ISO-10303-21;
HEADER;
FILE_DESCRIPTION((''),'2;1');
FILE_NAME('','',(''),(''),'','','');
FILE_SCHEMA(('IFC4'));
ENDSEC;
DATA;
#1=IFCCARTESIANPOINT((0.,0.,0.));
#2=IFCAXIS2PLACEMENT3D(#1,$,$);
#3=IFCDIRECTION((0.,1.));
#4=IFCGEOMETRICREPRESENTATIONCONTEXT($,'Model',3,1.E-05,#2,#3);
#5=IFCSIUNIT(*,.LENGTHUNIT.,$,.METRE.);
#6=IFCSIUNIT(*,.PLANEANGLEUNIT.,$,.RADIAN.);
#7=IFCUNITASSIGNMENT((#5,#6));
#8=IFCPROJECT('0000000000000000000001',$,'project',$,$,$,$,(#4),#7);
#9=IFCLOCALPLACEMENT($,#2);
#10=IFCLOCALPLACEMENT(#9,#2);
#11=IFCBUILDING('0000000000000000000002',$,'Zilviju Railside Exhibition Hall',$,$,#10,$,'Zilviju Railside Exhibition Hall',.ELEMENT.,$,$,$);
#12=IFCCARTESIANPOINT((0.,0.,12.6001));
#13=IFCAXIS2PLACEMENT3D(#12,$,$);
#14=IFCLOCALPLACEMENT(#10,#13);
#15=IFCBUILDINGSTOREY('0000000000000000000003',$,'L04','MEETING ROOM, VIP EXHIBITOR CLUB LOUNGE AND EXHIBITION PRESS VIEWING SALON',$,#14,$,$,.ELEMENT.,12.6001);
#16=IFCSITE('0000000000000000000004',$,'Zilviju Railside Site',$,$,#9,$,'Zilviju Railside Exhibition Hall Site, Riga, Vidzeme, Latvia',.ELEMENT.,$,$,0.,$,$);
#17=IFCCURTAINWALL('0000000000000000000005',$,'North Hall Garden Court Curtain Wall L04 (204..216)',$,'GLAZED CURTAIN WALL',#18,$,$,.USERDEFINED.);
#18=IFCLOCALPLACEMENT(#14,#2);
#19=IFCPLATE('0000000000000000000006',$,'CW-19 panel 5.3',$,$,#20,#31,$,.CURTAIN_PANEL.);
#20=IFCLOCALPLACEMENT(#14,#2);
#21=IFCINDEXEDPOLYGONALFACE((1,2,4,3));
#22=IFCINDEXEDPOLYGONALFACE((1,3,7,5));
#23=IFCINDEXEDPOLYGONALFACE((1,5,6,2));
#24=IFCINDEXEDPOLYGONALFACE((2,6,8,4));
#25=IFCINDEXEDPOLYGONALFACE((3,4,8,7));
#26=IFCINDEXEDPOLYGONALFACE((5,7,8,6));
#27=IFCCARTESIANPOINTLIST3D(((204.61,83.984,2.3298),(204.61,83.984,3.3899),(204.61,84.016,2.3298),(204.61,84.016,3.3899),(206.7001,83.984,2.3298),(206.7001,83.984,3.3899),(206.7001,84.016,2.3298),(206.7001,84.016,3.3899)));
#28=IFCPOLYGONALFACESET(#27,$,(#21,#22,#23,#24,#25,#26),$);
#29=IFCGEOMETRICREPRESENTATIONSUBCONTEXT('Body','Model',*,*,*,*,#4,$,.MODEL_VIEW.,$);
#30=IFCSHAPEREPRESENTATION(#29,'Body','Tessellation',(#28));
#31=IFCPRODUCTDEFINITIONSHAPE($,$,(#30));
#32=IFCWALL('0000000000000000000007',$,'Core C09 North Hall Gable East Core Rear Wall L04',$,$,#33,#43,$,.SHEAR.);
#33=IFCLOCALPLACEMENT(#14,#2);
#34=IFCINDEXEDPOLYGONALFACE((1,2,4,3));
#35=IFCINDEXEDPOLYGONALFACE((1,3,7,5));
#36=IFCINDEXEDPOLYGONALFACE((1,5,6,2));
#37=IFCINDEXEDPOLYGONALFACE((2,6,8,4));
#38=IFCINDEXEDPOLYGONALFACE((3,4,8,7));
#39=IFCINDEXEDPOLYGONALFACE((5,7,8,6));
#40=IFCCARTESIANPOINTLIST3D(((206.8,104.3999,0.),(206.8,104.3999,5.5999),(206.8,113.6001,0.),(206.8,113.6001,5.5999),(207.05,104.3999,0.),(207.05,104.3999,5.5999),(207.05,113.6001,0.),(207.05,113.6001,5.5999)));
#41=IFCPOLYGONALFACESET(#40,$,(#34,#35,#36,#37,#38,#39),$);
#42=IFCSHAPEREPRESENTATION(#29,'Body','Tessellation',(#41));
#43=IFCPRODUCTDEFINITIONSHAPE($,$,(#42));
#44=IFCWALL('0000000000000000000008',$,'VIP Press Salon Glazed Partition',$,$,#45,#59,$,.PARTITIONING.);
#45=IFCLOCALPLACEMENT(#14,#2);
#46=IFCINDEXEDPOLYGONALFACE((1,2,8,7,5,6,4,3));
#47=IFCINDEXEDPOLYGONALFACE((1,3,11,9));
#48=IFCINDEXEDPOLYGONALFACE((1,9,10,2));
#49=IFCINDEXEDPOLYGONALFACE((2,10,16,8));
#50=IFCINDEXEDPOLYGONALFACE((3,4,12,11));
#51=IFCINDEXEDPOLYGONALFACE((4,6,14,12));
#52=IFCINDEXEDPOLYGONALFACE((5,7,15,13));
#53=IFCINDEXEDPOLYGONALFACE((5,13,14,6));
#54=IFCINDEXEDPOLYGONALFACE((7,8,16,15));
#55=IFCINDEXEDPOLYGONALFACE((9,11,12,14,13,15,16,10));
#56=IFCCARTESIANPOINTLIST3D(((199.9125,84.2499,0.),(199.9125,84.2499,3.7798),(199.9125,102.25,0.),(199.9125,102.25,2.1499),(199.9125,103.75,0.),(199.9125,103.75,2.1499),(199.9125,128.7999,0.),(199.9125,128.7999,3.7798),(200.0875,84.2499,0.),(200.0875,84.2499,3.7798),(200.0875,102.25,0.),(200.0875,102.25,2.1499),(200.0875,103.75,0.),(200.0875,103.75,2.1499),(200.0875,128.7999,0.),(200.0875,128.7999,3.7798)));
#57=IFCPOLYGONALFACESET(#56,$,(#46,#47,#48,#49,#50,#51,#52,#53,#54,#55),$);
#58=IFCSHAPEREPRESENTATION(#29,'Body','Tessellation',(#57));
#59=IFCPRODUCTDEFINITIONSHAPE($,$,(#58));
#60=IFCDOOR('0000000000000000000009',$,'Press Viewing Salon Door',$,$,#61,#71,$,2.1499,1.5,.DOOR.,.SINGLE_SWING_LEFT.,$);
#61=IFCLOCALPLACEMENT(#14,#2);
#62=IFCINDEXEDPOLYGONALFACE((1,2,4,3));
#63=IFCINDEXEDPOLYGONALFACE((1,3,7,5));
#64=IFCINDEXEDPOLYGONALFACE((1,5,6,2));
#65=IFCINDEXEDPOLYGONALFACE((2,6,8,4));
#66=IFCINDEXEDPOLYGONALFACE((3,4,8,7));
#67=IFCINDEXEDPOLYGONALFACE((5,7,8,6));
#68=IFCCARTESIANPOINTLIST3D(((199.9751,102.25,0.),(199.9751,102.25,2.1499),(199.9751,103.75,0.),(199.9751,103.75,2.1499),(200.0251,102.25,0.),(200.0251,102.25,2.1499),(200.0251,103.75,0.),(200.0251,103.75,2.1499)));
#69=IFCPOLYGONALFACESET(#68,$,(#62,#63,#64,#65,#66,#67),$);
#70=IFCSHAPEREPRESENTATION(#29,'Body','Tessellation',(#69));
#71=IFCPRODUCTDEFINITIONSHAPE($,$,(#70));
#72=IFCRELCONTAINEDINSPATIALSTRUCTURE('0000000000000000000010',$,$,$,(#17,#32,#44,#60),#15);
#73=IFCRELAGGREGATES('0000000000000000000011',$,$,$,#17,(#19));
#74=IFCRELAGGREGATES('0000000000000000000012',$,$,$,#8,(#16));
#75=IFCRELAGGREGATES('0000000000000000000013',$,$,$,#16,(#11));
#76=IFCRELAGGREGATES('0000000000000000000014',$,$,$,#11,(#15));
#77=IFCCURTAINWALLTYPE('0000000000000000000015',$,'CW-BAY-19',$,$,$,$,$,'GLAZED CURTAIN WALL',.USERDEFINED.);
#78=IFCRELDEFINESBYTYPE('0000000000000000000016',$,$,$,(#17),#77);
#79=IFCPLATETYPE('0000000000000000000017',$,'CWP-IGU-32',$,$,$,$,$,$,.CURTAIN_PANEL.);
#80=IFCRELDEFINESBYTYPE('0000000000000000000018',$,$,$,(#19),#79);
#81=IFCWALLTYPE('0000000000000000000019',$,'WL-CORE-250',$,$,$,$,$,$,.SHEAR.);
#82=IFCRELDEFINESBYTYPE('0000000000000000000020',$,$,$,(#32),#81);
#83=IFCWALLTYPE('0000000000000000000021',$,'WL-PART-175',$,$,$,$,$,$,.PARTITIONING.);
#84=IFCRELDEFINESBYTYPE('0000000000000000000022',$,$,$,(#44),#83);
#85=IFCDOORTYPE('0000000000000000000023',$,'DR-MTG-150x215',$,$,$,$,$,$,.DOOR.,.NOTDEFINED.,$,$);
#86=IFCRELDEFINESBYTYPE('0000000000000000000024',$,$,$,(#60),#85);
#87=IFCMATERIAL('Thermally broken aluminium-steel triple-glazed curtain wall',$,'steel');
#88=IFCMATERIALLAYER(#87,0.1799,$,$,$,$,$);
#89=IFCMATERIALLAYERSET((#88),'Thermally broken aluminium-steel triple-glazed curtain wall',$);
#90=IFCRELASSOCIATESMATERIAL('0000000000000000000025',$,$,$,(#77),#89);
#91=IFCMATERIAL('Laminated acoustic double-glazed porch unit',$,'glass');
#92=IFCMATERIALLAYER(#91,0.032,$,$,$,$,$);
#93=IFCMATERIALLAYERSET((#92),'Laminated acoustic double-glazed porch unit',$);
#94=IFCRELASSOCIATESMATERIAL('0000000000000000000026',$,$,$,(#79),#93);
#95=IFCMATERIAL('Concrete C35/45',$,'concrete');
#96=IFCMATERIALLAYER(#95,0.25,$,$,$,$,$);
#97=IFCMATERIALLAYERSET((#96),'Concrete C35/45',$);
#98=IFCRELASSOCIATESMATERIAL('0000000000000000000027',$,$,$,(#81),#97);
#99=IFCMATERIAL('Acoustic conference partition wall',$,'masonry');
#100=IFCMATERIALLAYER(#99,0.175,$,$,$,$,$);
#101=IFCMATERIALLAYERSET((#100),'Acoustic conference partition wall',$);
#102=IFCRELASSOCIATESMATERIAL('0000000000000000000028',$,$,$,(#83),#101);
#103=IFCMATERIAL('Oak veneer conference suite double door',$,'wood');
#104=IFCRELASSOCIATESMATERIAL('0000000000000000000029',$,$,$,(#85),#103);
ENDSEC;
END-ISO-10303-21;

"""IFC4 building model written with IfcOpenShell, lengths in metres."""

from ifc_helpers import new_model, si_unit, direction, frame, frame_2d, origin, origin_2d, place, context, subcontext, project, spatial, rectangle, extrude, material, layer, layer_set, type_object, element, fill, aggregate, save


model = new_model("IFC4")

# Units and contexts
model_context = context("Model", 3, precision=1e-05, world=origin(), true_north=direction((0.0, 1.0)))
body_context = subcontext(model_context, "Body", "Model", "MODEL_VIEW")
ifc_project = project(units=[si_unit("LENGTHUNIT", "METRE"), si_unit("PLANEANGLEUNIT", "RADIAN")], contexts=[model_context])

# Site, building, storey
site_placement = place(None, origin())
site = spatial("IfcSite", under=ifc_project, at=site_placement, Name="Zilviju Railside Site", LongName="Zilviju Railside Exhibition Hall Site, Riga, Vidzeme, Latvia", CompositionType="ELEMENT", RefElevation=0.0)
building_placement = place(site_placement, origin())
building = spatial("IfcBuilding", under=site, at=building_placement, Name="Zilviju Railside Exhibition Hall", LongName="Zilviju Railside Exhibition Hall", CompositionType="ELEMENT")
storey_placement = place(building_placement, frame((0.0, 0.0, 12.6001)))
storey = spatial("IfcBuildingStorey", under=building, at=storey_placement, Name="L04", Description="MEETING ROOM, VIP EXHIBITOR CLUB LOUNGE AND EXHIBITION PRESS VIEWING SALON", CompositionType="ELEMENT", Elevation=12.6001)

# Curtain wall, plate
ifc_material_1 = material(Name="Thermally broken aluminium-steel triple-glazed curtain wall", Category="steel")
ifc_layer_1 = layer(ifc_material_1, 0.1799)
ifc_layer_set_1 = layer_set([ifc_layer_1], Name="Thermally broken aluminium-steel triple-glazed curtain wall")
curtain_wall_type = type_object("IfcCurtainWallType", Name="CW-BAY-19", ElementType="GLAZED CURTAIN WALL", PredefinedType="USERDEFINED", material=ifc_layer_set_1)
curtain_wall_placement = place(storey_placement, origin())
curtain_wall = element("IfcCurtainWall", 1, at=curtain_wall_placement, inside=storey, type_object=curtain_wall_type, Name="North Hall Garden Court Curtain Wall L04 (204..216)", ObjectType="GLAZED CURTAIN WALL", PredefinedType="USERDEFINED")
ifc_material_2 = material(Name="Laminated acoustic double-glazed porch unit", Category="glass")
ifc_layer_2 = layer(ifc_material_2, 0.032)
ifc_layer_set_2 = layer_set([ifc_layer_2], Name="Laminated acoustic double-glazed porch unit")
plate_type = type_object("IfcPlateType", Name="CWP-IGU-32", PredefinedType="CURTAIN_PANEL", material=ifc_layer_set_2)
plate_1_placement = place(storey_placement, frame((205.655, 84.0, 2.3298), z_axis=(0.0, 0.0, 1.0), x_axis=(-1.0, 0.0, 0.0)))
plate_1 = element("IfcPlate", 2, at=plate_1_placement, type_object=plate_type, Name="CW-19 panel 5.3", PredefinedType="CURTAIN_PANEL", context=body_context, shape_type="SweptSolid", body=[
    extrude(rectangle(XDim=2.0901, YDim=0.032, at=origin_2d()), origin(), (0.0, 0.0, 1.0), 1.0601),
])
aggregate(curtain_wall, [plate_1])

# Wall
ifc_material_3 = material(Name="Concrete C35/45", Category="concrete")
ifc_layer_3 = layer(ifc_material_3, 0.25)
ifc_layer_set_3 = layer_set([ifc_layer_3], Name="Concrete C35/45")
wall_type_1 = type_object("IfcWallType", Name="WL-CORE-250", PredefinedType="SHEAR", material=ifc_layer_set_3)
wall_1_placement = place(storey_placement, frame((206.925, 104.3999, 0.0), z_axis=(0.0, 0.0, 1.0), x_axis=(0.0, 1.0, 0.0)))
element("IfcWall", 3, at=wall_1_placement, inside=storey, type_object=wall_type_1, Name="Core C09 North Hall Gable East Core Rear Wall L04", PredefinedType="SHEAR", context=body_context, shape_type="SweptSolid", body=[
    extrude(rectangle(XDim=9.2002, YDim=0.25, at=frame_2d((4.6001, 0.0))), origin(), (0.0, 0.0, 1.0), 5.5999),
])

# Wall, opening, door
ifc_material_4 = material(Name="Acoustic conference partition wall", Category="masonry")
ifc_layer_4 = layer(ifc_material_4, 0.175)
ifc_layer_set_4 = layer_set([ifc_layer_4], Name="Acoustic conference partition wall")
wall_type_2 = type_object("IfcWallType", Name="WL-PART-175", PredefinedType="PARTITIONING", material=ifc_layer_set_4)
wall_2_placement = place(storey_placement, frame((200.0, 84.25, 0.0), z_axis=(0.0, 0.0, 1.0), x_axis=(0.0, 1.0, 0.0)))
wall_2 = element("IfcWall", 4, at=wall_2_placement, inside=storey, type_object=wall_type_2, Name="VIP Press Salon Glazed Partition", PredefinedType="PARTITIONING", context=body_context, shape_type="SweptSolid", body=[
    extrude(rectangle(XDim=44.55, YDim=0.175, at=frame_2d((22.2749, 0.0))), origin(), (0.0, 0.0, 1.0), 3.7798),
])
opening_placement = place(wall_2_placement, frame((18.0, 0.0, 0.0)))
opening = element("IfcOpeningElement", 5, at=opening_placement, cuts=wall_2, PredefinedType="OPENING", context=body_context, shape_type="SweptSolid", body=[
    extrude(rectangle(XDim=1.5, YDim=2.1499, at=frame_2d((0.75, 1.075))), frame((0.0, 0.0974, 0.0), z_axis=(0.0, -1.0, 0.0), x_axis=(1.0, 0.0, 0.0)), (0.0, 0.0, 1.0), 0.1951),
])
ifc_material_5 = material(Name="Oak veneer conference suite double door", Category="wood")
door_type = type_object("IfcDoorType", Name="DR-MTG-150x215", OperationType="NOTDEFINED", PredefinedType="DOOR", material=ifc_material_5)
door_placement = place(opening_placement, origin())
door = element("IfcDoor", 6, at=door_placement, inside=storey, type_object=door_type, Name="Press Viewing Salon Door", OperationType="SINGLE_SWING_LEFT", OverallHeight=2.1499, OverallWidth=1.5, PredefinedType="DOOR", context=body_context, shape_type="SweptSolid", body=[
    extrude(rectangle(XDim=1.5, YDim=2.1499, at=frame_2d((0.75, 1.075))), frame((0.0, 0.0249, 0.0), z_axis=(0.0, -1.0, 0.0), x_axis=(1.0, 0.0, 0.0)), (0.0, 0.0, 1.0), 0.05),
])
fill(opening, door)

save(model, "model.ifc")
